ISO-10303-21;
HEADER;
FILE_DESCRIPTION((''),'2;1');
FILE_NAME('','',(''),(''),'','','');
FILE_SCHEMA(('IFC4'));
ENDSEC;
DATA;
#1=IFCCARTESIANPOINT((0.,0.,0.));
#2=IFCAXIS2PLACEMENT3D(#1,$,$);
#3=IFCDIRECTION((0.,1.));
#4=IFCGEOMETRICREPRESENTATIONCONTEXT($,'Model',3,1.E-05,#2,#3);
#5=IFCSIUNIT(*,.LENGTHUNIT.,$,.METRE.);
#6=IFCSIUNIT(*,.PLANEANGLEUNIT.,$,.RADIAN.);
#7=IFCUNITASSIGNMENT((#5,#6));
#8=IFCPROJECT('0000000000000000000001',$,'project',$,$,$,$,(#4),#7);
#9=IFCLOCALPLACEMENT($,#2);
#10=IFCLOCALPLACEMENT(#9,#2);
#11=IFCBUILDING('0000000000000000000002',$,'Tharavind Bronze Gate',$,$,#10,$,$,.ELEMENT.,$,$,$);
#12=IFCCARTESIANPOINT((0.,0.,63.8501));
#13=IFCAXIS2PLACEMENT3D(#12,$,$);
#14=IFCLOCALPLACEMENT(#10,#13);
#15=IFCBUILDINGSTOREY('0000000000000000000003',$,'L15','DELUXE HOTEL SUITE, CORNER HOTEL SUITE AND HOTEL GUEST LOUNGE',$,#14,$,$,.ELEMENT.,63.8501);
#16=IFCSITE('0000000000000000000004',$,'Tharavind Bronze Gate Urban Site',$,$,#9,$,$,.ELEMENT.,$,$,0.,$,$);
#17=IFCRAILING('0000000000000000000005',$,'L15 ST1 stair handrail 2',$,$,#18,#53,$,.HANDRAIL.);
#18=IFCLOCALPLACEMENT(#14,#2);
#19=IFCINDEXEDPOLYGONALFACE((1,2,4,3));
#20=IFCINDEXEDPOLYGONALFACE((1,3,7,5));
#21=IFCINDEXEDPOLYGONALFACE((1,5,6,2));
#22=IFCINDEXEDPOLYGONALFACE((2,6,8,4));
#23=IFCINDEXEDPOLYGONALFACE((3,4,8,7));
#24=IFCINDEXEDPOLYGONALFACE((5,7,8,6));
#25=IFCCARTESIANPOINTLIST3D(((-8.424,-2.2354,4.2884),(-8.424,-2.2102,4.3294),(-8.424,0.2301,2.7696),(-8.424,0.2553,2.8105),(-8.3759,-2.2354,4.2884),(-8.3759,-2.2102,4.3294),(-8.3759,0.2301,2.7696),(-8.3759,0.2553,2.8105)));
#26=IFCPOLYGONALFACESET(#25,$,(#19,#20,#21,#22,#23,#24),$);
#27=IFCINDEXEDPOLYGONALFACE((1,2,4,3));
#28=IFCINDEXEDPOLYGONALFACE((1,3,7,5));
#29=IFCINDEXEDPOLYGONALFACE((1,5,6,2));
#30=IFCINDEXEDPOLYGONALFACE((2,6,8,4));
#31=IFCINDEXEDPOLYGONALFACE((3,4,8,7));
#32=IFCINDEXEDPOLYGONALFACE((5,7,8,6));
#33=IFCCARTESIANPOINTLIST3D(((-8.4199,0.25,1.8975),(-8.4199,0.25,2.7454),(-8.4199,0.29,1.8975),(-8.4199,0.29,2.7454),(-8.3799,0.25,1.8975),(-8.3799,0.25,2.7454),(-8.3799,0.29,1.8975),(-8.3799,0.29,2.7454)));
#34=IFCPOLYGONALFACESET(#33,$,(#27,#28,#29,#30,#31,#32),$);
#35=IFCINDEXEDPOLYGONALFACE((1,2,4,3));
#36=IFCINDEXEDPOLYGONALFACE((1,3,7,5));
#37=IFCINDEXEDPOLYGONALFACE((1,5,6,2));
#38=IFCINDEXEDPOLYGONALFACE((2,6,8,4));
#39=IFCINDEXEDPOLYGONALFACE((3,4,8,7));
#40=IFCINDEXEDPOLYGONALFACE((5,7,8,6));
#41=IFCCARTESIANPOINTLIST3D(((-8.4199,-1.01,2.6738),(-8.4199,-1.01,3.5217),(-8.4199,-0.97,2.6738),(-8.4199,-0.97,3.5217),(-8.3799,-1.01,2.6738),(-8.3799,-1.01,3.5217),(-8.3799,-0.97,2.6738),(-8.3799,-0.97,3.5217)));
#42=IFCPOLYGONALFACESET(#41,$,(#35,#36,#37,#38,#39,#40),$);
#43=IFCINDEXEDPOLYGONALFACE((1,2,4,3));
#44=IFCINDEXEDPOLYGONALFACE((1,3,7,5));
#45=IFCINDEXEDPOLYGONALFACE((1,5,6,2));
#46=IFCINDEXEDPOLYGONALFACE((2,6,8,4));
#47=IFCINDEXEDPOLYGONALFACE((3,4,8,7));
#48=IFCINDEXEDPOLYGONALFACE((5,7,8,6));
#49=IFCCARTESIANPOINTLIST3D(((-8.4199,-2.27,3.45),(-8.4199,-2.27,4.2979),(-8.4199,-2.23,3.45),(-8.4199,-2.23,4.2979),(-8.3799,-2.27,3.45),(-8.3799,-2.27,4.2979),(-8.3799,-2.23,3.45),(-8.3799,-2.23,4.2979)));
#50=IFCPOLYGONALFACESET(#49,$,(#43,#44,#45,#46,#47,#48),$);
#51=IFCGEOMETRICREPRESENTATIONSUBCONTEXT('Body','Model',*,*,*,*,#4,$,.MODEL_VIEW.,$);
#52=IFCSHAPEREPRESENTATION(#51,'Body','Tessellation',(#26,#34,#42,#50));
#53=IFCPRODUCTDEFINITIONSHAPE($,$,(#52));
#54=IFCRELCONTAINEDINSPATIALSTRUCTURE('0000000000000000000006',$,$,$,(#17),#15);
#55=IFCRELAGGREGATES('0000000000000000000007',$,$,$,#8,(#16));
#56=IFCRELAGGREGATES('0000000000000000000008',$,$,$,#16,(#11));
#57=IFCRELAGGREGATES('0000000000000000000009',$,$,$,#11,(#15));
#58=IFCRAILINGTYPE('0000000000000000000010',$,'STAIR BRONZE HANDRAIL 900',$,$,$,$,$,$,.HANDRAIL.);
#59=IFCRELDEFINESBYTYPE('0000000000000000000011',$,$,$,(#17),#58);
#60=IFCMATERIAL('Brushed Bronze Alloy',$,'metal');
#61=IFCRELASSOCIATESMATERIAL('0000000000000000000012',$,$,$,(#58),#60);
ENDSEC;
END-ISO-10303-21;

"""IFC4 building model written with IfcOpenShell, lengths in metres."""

from ifc_helpers import new_model, si_unit, direction, frame, origin, origin_2d, place, context, subcontext, project, spatial, rectangle, extrude, material, type_object, element, save


model = new_model("IFC4")

# Units and contexts
model_context = context("Model", 3, precision=1e-05, world=origin(), true_north=direction((0.0, 1.0)))
body_context = subcontext(model_context, "Body", "Model", "MODEL_VIEW")
ifc_project = project(units=[si_unit("LENGTHUNIT", "METRE"), si_unit("PLANEANGLEUNIT", "RADIAN")], contexts=[model_context])

# Site, building, storey
site_placement = place(None, origin())
site = spatial("IfcSite", under=ifc_project, at=site_placement, Name="Tharavind Bronze Gate Urban Site", CompositionType="ELEMENT", RefElevation=0.0)
building_placement = place(site_placement, origin())
building = spatial("IfcBuilding", under=site, at=building_placement, Name="Tharavind Bronze Gate", CompositionType="ELEMENT")
storey_placement = place(building_placement, frame((0.0, 0.0, 63.8501)))
storey = spatial("IfcBuildingStorey", under=building, at=storey_placement, Name="L15", Description="DELUXE HOTEL SUITE, CORNER HOTEL SUITE AND HOTEL GUEST LOUNGE", CompositionType="ELEMENT", Elevation=63.8501)

# Railing
ifc_material_1 = material(Name="Brushed Bronze Alloy", Category="metal")
railing_type = type_object("IfcRailingType", Name="STAIR BRONZE HANDRAIL 900", PredefinedType="HANDRAIL", material=ifc_material_1)
railing_placement = place(storey_placement, frame((-8.3999, 0.27, 1.8975)))
element("IfcRailing", 1, at=railing_placement, inside=storey, type_object=railing_type, Name="L15 ST1 stair handrail 2", PredefinedType="HANDRAIL", context=body_context, shape_type="SweptSolid", body=[
    extrude(rectangle(XDim=0.0481, YDim=0.0481, at=origin_2d()), frame((0.0, -0.0273, 0.8926), z_axis=(0.0, -0.8514, 0.524516), x_axis=(1.0, 0.0, 0.0)), (0.0, 0.0, 1.0), 2.8958),
    extrude(rectangle(XDim=0.04, YDim=0.04, at=origin_2d()), origin(), (0.0, 0.0, 1.0), 0.8479),
    extrude(rectangle(XDim=0.04, YDim=0.04, at=origin_2d()), frame((0.0, -1.26, 0.7764)), (0.0, 0.0, 1.0), 0.8479),
    extrude(rectangle(XDim=0.04, YDim=0.04, at=origin_2d()), frame((0.0, -2.52, 1.5525)), (0.0, 0.0, 1.0), 0.8479),
])

save(model, "model.ifc")
